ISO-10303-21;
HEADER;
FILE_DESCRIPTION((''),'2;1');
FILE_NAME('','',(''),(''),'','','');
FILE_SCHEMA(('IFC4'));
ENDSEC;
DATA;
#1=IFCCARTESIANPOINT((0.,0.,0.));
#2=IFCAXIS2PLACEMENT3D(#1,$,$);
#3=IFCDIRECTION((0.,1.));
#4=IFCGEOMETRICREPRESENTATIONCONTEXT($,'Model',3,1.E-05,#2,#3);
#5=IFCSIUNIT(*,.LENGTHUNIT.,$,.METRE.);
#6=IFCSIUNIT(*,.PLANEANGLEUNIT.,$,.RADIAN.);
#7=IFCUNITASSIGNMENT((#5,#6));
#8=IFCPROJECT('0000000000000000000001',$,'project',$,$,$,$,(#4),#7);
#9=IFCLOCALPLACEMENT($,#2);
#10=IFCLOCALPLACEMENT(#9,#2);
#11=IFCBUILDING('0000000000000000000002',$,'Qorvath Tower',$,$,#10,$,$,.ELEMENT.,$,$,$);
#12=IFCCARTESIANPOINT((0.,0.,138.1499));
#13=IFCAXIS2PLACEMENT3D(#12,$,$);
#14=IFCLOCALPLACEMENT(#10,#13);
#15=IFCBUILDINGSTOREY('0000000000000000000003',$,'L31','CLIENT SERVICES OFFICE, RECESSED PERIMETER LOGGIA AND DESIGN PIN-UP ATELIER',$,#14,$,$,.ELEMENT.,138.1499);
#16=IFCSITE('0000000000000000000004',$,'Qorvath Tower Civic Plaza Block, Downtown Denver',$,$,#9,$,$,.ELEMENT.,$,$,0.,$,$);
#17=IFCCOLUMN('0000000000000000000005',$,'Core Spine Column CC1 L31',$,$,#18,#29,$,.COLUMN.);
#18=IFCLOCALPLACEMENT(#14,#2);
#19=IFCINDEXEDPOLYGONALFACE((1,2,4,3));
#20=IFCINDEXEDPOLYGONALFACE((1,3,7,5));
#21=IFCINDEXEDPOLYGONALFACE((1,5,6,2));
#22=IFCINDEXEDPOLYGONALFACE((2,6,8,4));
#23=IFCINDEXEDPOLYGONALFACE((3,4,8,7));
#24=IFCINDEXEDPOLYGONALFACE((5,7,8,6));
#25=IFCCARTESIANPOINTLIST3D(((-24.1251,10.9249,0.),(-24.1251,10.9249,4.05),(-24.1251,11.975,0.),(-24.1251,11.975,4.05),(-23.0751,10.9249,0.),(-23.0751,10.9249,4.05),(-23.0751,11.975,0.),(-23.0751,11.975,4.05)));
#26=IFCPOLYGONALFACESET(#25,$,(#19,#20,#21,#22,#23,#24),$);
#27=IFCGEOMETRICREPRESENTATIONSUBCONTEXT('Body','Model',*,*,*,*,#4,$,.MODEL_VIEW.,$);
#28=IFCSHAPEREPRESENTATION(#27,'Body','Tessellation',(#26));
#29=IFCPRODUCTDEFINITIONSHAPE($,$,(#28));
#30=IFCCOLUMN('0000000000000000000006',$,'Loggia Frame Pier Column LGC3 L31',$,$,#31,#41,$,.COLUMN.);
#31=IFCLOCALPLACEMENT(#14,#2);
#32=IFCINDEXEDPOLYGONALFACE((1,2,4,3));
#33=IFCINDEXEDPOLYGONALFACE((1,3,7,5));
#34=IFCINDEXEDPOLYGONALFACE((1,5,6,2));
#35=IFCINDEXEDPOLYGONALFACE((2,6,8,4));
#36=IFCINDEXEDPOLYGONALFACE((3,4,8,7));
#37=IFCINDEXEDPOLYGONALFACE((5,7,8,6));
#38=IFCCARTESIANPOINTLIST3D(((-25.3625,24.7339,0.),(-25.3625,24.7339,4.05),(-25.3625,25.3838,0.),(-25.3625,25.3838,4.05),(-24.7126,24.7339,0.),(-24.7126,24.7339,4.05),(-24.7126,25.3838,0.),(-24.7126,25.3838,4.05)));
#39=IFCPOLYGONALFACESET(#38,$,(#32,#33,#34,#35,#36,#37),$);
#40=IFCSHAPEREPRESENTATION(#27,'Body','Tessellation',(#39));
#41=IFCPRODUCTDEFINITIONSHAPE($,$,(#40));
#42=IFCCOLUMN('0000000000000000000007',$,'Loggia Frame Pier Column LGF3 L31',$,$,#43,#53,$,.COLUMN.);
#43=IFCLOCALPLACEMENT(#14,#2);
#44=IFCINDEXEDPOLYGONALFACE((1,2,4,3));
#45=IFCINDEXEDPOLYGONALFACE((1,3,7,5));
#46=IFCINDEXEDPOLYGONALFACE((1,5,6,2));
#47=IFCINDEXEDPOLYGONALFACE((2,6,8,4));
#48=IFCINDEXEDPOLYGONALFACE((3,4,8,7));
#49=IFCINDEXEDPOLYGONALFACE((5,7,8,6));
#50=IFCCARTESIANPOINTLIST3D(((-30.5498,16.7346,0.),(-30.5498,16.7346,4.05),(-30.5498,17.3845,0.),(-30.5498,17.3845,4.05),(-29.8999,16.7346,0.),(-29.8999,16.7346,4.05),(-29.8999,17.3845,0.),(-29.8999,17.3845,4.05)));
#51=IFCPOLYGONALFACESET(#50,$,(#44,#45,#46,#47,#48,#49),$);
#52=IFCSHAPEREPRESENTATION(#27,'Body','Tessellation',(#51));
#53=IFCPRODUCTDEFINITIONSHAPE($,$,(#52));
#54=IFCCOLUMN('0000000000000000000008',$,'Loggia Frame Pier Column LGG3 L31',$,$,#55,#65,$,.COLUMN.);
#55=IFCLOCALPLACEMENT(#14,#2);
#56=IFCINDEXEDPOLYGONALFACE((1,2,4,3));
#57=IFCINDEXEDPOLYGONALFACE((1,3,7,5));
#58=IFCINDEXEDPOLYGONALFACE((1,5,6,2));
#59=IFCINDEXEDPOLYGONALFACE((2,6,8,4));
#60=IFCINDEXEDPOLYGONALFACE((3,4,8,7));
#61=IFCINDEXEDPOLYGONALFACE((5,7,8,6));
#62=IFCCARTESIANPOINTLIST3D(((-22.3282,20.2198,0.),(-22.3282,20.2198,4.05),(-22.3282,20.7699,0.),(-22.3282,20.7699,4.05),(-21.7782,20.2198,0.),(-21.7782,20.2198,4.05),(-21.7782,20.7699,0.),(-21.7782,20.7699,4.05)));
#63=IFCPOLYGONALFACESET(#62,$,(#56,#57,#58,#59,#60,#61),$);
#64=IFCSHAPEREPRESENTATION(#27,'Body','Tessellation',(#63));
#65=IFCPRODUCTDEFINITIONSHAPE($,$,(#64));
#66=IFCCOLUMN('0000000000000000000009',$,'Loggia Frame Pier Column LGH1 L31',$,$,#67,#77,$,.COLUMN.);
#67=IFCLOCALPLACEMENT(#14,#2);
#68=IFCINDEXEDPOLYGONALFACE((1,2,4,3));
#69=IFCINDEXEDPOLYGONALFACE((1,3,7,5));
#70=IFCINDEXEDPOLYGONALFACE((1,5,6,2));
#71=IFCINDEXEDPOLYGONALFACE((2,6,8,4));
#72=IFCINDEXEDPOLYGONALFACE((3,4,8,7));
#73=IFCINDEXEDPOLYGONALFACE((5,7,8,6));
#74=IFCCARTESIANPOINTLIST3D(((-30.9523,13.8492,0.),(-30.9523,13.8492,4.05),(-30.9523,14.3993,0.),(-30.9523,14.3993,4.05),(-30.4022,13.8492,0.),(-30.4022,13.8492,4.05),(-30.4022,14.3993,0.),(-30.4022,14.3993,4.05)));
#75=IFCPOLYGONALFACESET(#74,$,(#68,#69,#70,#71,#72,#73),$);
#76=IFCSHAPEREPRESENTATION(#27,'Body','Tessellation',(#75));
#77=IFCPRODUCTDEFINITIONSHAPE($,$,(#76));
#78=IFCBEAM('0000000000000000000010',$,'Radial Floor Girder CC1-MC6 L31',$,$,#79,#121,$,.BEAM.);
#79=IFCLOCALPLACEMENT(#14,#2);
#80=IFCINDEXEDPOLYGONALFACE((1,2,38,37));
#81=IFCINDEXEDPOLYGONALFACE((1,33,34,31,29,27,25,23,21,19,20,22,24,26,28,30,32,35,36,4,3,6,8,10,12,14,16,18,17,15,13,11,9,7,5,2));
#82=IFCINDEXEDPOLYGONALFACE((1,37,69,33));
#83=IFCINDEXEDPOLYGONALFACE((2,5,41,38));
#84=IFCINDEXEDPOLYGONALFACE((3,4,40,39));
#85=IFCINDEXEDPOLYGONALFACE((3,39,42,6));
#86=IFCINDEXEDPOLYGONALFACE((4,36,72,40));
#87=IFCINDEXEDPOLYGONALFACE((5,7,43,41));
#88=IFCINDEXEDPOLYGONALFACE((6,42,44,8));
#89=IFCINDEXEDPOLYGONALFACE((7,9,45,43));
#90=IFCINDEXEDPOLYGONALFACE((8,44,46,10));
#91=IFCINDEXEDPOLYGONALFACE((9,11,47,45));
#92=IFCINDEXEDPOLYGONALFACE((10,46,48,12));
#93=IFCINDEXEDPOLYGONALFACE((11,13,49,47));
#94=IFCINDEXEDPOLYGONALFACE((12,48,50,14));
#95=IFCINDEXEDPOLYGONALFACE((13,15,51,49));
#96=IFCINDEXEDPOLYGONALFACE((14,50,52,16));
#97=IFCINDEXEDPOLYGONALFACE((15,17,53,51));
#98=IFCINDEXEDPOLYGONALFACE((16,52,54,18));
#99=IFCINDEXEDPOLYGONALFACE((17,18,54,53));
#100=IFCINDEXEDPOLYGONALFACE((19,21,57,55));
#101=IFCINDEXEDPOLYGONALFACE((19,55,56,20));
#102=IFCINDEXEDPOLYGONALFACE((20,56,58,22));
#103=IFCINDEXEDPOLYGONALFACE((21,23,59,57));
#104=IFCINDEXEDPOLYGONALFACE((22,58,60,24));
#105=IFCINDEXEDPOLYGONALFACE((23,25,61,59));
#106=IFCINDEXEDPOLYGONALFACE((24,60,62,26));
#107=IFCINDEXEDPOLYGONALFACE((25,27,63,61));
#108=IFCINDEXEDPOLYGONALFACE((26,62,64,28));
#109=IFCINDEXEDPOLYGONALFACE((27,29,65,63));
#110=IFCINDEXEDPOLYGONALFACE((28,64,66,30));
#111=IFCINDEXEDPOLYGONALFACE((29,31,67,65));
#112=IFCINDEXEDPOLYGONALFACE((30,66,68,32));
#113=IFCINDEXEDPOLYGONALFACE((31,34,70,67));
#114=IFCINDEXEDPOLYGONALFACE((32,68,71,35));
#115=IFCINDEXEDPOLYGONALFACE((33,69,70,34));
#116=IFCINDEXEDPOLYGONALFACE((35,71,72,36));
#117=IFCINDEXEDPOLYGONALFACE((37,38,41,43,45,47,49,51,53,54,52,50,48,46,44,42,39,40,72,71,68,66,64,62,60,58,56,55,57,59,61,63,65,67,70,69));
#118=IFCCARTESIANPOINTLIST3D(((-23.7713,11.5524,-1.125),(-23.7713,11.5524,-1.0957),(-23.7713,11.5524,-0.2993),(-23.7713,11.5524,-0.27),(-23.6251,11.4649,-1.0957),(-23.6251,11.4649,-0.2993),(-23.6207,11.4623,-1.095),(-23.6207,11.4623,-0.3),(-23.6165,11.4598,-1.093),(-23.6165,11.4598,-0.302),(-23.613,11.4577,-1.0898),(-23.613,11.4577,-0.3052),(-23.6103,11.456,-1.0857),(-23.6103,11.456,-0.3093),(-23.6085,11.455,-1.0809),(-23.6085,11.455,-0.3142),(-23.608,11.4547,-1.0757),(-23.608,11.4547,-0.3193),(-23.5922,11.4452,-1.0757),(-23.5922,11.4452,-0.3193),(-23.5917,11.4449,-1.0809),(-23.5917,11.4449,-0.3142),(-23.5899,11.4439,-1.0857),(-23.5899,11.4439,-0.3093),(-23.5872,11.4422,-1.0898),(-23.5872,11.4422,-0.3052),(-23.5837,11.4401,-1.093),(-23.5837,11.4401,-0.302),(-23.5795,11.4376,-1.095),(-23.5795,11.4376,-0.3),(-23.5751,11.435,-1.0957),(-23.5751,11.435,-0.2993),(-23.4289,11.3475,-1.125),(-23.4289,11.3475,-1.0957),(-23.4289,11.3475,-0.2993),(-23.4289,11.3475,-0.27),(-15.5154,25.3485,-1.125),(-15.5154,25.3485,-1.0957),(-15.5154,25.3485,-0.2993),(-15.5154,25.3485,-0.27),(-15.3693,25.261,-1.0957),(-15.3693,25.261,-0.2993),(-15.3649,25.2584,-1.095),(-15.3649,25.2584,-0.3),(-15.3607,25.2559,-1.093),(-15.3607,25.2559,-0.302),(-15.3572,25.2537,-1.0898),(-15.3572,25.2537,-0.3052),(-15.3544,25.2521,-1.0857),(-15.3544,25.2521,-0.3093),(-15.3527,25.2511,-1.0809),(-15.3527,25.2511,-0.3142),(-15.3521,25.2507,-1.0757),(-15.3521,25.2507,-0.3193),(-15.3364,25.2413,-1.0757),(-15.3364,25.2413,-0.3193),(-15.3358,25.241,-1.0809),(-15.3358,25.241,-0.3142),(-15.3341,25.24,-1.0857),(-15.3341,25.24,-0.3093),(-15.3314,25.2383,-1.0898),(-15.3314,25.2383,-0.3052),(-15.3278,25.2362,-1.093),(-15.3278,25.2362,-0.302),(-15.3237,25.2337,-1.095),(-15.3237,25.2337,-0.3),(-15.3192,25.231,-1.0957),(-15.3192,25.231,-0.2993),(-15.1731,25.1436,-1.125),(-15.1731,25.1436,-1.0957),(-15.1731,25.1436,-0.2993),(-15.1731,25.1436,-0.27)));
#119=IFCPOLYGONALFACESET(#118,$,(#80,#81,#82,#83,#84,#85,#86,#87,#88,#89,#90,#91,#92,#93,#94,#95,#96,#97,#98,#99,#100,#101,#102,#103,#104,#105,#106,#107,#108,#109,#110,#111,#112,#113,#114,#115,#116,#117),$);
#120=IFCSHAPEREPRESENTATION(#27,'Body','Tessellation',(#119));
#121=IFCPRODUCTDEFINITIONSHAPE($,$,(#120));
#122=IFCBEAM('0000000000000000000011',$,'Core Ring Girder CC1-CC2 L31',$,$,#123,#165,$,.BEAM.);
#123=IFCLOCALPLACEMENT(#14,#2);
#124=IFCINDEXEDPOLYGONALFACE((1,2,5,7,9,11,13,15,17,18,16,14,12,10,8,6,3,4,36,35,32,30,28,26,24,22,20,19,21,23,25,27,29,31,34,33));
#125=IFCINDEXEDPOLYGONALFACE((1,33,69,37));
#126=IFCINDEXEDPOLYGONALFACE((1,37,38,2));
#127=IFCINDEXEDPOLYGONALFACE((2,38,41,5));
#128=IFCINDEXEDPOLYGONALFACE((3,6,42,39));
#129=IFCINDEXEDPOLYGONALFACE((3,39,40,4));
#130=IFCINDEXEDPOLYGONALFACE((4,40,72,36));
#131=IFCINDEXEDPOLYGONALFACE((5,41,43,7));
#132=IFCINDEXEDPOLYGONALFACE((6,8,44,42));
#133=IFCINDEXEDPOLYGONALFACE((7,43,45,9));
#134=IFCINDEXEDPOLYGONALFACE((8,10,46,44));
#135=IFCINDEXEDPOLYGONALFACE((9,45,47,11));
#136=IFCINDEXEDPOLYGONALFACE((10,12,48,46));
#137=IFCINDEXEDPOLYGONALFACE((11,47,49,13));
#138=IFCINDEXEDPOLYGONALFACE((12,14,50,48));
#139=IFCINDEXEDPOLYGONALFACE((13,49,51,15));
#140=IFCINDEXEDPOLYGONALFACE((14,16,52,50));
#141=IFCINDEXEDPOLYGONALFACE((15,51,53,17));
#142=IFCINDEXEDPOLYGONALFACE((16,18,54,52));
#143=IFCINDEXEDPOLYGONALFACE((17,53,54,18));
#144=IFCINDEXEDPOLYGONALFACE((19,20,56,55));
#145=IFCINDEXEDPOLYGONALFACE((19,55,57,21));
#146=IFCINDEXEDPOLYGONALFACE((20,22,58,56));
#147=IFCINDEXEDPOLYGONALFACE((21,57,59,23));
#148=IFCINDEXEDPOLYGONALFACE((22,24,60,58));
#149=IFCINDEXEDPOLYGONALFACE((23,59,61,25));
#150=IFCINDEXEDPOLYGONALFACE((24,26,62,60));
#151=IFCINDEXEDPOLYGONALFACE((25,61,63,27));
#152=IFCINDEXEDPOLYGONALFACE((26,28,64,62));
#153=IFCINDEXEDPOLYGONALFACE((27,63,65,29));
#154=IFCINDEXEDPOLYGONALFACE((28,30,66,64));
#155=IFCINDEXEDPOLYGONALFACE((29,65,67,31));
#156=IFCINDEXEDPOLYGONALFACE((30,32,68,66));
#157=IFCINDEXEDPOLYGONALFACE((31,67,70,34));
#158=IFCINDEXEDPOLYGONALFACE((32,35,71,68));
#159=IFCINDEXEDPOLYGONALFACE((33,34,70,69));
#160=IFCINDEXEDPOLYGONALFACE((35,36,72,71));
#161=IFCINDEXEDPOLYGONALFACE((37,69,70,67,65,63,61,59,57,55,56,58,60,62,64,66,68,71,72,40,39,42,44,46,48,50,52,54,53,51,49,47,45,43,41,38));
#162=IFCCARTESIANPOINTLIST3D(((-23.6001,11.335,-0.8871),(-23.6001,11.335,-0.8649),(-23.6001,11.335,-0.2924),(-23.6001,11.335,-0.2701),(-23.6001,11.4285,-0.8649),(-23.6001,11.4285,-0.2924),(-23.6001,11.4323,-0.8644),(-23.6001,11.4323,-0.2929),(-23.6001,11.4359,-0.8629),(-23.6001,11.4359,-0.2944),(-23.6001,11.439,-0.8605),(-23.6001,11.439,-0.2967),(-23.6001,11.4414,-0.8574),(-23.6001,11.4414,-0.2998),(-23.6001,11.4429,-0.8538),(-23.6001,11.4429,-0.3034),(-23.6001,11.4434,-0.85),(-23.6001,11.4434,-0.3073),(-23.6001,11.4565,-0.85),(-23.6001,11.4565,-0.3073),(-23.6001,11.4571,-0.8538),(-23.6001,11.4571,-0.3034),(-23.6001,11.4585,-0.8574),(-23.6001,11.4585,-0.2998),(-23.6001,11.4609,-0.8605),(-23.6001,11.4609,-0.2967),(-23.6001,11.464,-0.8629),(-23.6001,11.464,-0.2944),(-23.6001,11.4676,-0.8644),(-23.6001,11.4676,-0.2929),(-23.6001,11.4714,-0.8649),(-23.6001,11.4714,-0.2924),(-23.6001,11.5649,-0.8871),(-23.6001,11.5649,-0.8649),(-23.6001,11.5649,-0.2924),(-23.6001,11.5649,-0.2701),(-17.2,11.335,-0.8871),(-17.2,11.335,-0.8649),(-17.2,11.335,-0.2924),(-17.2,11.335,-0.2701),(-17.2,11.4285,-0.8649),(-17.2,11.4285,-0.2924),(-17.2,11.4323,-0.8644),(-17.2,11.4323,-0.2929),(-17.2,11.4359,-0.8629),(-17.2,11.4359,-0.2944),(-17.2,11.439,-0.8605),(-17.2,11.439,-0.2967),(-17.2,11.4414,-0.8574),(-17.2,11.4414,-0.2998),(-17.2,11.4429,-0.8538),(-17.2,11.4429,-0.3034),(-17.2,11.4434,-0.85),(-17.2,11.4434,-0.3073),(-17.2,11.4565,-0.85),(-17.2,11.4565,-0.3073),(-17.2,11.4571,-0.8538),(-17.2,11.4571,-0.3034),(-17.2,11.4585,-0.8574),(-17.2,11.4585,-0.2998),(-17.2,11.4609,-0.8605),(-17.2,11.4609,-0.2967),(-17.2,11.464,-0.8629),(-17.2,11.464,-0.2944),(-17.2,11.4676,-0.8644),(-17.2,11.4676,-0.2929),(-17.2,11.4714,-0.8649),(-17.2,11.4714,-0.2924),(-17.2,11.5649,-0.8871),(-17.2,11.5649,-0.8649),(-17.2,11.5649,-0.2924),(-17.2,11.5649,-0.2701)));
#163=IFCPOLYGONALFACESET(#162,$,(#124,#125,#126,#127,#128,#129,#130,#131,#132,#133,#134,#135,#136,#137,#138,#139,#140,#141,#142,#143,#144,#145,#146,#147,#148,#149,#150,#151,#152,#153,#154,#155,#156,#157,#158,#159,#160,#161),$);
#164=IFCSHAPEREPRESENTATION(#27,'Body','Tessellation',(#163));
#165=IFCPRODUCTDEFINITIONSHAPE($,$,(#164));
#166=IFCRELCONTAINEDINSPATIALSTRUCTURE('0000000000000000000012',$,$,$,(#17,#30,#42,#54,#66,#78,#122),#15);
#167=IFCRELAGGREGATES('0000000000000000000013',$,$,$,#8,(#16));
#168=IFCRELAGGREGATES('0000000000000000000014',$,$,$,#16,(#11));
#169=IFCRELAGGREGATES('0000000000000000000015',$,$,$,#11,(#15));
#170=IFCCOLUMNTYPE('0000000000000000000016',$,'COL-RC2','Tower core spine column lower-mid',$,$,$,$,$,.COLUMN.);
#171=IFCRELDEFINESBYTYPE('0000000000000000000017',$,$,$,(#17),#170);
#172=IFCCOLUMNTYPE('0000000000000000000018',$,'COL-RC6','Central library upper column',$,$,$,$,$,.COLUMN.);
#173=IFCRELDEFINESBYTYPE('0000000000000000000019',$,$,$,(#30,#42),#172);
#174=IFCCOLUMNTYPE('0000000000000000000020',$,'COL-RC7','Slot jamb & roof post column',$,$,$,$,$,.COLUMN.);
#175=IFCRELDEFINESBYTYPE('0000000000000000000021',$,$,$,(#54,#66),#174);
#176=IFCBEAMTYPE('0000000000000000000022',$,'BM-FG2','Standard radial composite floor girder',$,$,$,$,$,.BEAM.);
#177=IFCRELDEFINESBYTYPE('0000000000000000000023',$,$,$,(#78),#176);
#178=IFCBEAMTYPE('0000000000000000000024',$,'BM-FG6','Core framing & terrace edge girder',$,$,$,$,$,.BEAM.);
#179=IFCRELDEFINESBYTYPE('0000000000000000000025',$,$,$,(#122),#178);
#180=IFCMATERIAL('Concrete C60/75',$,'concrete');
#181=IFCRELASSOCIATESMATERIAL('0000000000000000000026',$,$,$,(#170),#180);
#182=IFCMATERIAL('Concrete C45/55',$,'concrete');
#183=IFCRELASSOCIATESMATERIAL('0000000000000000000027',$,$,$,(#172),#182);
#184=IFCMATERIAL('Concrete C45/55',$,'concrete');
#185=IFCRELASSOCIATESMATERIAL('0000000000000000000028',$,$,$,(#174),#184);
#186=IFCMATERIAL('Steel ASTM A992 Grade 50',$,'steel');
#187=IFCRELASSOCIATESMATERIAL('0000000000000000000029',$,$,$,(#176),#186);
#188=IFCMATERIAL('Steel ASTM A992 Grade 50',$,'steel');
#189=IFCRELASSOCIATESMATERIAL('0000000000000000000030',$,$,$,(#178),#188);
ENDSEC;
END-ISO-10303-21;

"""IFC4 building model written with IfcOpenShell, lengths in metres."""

from ifc_helpers import new_model, si_unit, direction, frame, origin, origin_2d, place, context, subcontext, project, spatial, rectangle, i_section, extrude, material, material_profile, profile_set, type_object, element, save


model = new_model("IFC4")

# Units and contexts
model_context = context("Model", 3, precision=1e-05, world=origin(), true_north=direction((0.0, 1.0)))
body_context = subcontext(model_context, "Body", "Model", "MODEL_VIEW")
ifc_project = project(units=[si_unit("LENGTHUNIT", "METRE"), si_unit("PLANEANGLEUNIT", "RADIAN")], contexts=[model_context])

# Site, building, storey
site_placement = place(None, origin())
site = spatial("IfcSite", under=ifc_project, at=site_placement, Name="Qorvath Tower Civic Plaza Block, Downtown Denver", CompositionType="ELEMENT", RefElevation=0.0)
building_placement = place(site_placement, origin())
building = spatial("IfcBuilding", under=site, at=building_placement, Name="Qorvath Tower", CompositionType="ELEMENT")
storey_placement = place(building_placement, frame((0.0, 0.0, 138.1499)))
storey = spatial("IfcBuildingStorey", under=building, at=storey_placement, Name="L31", Description="CLIENT SERVICES OFFICE, RECESSED PERIMETER LOGGIA AND DESIGN PIN-UP ATELIER", CompositionType="ELEMENT", Elevation=138.1499)

# Columns
ifc_material_1 = material(Name="Concrete C60/75", Category="concrete")
ifc_material_profile_1 = material_profile(ifc_material_1, rectangle(XDim=1.05, YDim=1.05, at=origin_2d()), Name="RC 1050x1050")
ifc_profile_set_1 = profile_set([ifc_material_profile_1], Name="Concrete C60/75")
column_type_1 = type_object("IfcColumnType", Name="COL-RC2", Description="Tower core spine column lower-mid", PredefinedType="COLUMN", material=ifc_profile_set_1)
column_placement = place(storey_placement, frame((-23.6001, 11.45, 0.0), z_axis=(0.0, 0.0, 1.0), x_axis=(1.0, 0.0, 0.0)))
element("IfcColumn", 1, at=column_placement, inside=storey, type_object=column_type_1, Name="Core Spine Column CC1 L31", PredefinedType="COLUMN", context=body_context, shape_type="SweptSolid", body=[
    extrude(rectangle(XDim=1.05, YDim=1.05, at=origin_2d()), origin(), (0.0, 0.0, 1.0), 4.05),
])
ifc_material_2 = material(Name="Concrete C45/55", Category="concrete")
ifc_material_profile_2 = material_profile(ifc_material_2, rectangle(XDim=0.6499, YDim=0.6499, at=origin_2d()), Name="RC 650x650")
ifc_profile_set_2 = profile_set([ifc_material_profile_2], Name="Concrete C45/55")
column_type_2 = type_object("IfcColumnType", Name="COL-RC6", Description="Central library upper column", PredefinedType="COLUMN", material=ifc_profile_set_2)
for number, where, z_axis, x_axis, name in (
    (2, (-25.0376, 25.0588, 0.0), (0.0, 0.0, 1.0), (1.0, 0.0, 0.0), "Loggia Frame Pier Column LGC3 L31"),
    (3, (-30.2249, 17.0596, 0.0), (0.0, 0.0, 1.0), (1.0, 0.0, 0.0), "Loggia Frame Pier Column LGF3 L31"),
):
    element("IfcColumn", number, at=place(storey_placement, frame(where, z_axis=z_axis, x_axis=x_axis)), inside=storey, type_object=column_type_2, Name=name, PredefinedType="COLUMN", context=body_context, shape_type="SweptSolid", body=[
        extrude(rectangle(XDim=0.6499, YDim=0.6499, at=origin_2d()), origin(), (0.0, 0.0, 1.0), 4.05),
    ])
ifc_material_3 = material(Name="Concrete C45/55", Category="concrete")
ifc_material_profile_3 = material_profile(ifc_material_3, rectangle(XDim=0.55, YDim=0.55, at=origin_2d()), Name="RC 550x550")
ifc_profile_set_3 = profile_set([ifc_material_profile_3], Name="Concrete C45/55")
column_type_3 = type_object("IfcColumnType", Name="COL-RC7", Description="Slot jamb & roof post column", PredefinedType="COLUMN", material=ifc_profile_set_3)
for number, where, z_axis, x_axis, name in (
    (4, (-22.0532, 20.4949, 0.0), (0.0, 0.0, 1.0), (1.0, 0.0, 0.0), "Loggia Frame Pier Column LGG3 L31"),
    (5, (-30.6772, 14.1243, 0.0), (0.0, 0.0, 1.0), (1.0, 0.0, 0.0), "Loggia Frame Pier Column LGH1 L31"),
):
    element("IfcColumn", number, at=place(storey_placement, frame(where, z_axis=z_axis, x_axis=x_axis)), inside=storey, type_object=column_type_3, Name=name, PredefinedType="COLUMN", context=body_context, shape_type="SweptSolid", body=[
        extrude(rectangle(XDim=0.55, YDim=0.55, at=origin_2d()), origin(), (0.0, 0.0, 1.0), 4.05),
    ])

# Beams
ifc_material_4 = material(Name="Steel ASTM A992 Grade 50", Category="steel")
ifc_material_profile_4 = material_profile(ifc_material_4, i_section(OverallWidth=0.3989, OverallDepth=0.855, WebThickness=0.0183, FlangeThickness=0.0293, FilletRadius=0.02, at=origin_2d()), Name="W33x201")
ifc_profile_set_4 = profile_set([ifc_material_profile_4], Name="Steel ASTM A992 Grade 50")
beam_type_1 = type_object("IfcBeamType", Name="BM-FG2", Description="Standard radial composite floor girder", PredefinedType="BEAM", material=ifc_profile_set_4)
beam_1_placement = place(storey_placement, frame((-23.6001, 11.45, -0.6975), z_axis=(0.513497, 0.858091, 0.0), x_axis=(-0.858091, 0.513497, 0.0)))
element("IfcBeam", 6, at=beam_1_placement, inside=storey, type_object=beam_type_1, Name="Radial Floor Girder CC1-MC6 L31", PredefinedType="BEAM", context=body_context, shape_type="SweptSolid", body=[
    extrude(i_section(OverallWidth=0.3989, OverallDepth=0.855, WebThickness=0.0183, FlangeThickness=0.0293, FilletRadius=0.02, at=origin_2d()), origin(), (0.0, 0.0, 1.0), 16.0776),
])
ifc_material_5 = material(Name="Steel ASTM A992 Grade 50", Category="steel")
ifc_material_profile_5 = material_profile(ifc_material_5, i_section(OverallWidth=0.23, OverallDepth=0.6169, WebThickness=0.0132, FlangeThickness=0.0222, FilletRadius=0.0149, at=origin_2d()), Name="W24x94")
ifc_profile_set_5 = profile_set([ifc_material_profile_5], Name="Steel ASTM A992 Grade 50")
beam_type_2 = type_object("IfcBeamType", Name="BM-FG6", Description="Core framing & terrace edge girder", PredefinedType="BEAM", material=ifc_profile_set_5)
beam_2_placement = place(storey_placement, frame((-23.6001, 11.45, -0.5786), z_axis=(1.0, 0.0, 0.0), x_axis=(0.0, 1.0, 0.0)))
element("IfcBeam", 7, at=beam_2_placement, inside=storey, type_object=beam_type_2, Name="Core Ring Girder CC1-CC2 L31", PredefinedType="BEAM", context=body_context, shape_type="SweptSolid", body=[
    extrude(i_section(OverallWidth=0.23, OverallDepth=0.6169, WebThickness=0.0132, FlangeThickness=0.0222, FilletRadius=0.0149, at=origin_2d()), origin(), (0.0, 0.0, 1.0), 6.4001),
])

save(model, "model.ifc")
